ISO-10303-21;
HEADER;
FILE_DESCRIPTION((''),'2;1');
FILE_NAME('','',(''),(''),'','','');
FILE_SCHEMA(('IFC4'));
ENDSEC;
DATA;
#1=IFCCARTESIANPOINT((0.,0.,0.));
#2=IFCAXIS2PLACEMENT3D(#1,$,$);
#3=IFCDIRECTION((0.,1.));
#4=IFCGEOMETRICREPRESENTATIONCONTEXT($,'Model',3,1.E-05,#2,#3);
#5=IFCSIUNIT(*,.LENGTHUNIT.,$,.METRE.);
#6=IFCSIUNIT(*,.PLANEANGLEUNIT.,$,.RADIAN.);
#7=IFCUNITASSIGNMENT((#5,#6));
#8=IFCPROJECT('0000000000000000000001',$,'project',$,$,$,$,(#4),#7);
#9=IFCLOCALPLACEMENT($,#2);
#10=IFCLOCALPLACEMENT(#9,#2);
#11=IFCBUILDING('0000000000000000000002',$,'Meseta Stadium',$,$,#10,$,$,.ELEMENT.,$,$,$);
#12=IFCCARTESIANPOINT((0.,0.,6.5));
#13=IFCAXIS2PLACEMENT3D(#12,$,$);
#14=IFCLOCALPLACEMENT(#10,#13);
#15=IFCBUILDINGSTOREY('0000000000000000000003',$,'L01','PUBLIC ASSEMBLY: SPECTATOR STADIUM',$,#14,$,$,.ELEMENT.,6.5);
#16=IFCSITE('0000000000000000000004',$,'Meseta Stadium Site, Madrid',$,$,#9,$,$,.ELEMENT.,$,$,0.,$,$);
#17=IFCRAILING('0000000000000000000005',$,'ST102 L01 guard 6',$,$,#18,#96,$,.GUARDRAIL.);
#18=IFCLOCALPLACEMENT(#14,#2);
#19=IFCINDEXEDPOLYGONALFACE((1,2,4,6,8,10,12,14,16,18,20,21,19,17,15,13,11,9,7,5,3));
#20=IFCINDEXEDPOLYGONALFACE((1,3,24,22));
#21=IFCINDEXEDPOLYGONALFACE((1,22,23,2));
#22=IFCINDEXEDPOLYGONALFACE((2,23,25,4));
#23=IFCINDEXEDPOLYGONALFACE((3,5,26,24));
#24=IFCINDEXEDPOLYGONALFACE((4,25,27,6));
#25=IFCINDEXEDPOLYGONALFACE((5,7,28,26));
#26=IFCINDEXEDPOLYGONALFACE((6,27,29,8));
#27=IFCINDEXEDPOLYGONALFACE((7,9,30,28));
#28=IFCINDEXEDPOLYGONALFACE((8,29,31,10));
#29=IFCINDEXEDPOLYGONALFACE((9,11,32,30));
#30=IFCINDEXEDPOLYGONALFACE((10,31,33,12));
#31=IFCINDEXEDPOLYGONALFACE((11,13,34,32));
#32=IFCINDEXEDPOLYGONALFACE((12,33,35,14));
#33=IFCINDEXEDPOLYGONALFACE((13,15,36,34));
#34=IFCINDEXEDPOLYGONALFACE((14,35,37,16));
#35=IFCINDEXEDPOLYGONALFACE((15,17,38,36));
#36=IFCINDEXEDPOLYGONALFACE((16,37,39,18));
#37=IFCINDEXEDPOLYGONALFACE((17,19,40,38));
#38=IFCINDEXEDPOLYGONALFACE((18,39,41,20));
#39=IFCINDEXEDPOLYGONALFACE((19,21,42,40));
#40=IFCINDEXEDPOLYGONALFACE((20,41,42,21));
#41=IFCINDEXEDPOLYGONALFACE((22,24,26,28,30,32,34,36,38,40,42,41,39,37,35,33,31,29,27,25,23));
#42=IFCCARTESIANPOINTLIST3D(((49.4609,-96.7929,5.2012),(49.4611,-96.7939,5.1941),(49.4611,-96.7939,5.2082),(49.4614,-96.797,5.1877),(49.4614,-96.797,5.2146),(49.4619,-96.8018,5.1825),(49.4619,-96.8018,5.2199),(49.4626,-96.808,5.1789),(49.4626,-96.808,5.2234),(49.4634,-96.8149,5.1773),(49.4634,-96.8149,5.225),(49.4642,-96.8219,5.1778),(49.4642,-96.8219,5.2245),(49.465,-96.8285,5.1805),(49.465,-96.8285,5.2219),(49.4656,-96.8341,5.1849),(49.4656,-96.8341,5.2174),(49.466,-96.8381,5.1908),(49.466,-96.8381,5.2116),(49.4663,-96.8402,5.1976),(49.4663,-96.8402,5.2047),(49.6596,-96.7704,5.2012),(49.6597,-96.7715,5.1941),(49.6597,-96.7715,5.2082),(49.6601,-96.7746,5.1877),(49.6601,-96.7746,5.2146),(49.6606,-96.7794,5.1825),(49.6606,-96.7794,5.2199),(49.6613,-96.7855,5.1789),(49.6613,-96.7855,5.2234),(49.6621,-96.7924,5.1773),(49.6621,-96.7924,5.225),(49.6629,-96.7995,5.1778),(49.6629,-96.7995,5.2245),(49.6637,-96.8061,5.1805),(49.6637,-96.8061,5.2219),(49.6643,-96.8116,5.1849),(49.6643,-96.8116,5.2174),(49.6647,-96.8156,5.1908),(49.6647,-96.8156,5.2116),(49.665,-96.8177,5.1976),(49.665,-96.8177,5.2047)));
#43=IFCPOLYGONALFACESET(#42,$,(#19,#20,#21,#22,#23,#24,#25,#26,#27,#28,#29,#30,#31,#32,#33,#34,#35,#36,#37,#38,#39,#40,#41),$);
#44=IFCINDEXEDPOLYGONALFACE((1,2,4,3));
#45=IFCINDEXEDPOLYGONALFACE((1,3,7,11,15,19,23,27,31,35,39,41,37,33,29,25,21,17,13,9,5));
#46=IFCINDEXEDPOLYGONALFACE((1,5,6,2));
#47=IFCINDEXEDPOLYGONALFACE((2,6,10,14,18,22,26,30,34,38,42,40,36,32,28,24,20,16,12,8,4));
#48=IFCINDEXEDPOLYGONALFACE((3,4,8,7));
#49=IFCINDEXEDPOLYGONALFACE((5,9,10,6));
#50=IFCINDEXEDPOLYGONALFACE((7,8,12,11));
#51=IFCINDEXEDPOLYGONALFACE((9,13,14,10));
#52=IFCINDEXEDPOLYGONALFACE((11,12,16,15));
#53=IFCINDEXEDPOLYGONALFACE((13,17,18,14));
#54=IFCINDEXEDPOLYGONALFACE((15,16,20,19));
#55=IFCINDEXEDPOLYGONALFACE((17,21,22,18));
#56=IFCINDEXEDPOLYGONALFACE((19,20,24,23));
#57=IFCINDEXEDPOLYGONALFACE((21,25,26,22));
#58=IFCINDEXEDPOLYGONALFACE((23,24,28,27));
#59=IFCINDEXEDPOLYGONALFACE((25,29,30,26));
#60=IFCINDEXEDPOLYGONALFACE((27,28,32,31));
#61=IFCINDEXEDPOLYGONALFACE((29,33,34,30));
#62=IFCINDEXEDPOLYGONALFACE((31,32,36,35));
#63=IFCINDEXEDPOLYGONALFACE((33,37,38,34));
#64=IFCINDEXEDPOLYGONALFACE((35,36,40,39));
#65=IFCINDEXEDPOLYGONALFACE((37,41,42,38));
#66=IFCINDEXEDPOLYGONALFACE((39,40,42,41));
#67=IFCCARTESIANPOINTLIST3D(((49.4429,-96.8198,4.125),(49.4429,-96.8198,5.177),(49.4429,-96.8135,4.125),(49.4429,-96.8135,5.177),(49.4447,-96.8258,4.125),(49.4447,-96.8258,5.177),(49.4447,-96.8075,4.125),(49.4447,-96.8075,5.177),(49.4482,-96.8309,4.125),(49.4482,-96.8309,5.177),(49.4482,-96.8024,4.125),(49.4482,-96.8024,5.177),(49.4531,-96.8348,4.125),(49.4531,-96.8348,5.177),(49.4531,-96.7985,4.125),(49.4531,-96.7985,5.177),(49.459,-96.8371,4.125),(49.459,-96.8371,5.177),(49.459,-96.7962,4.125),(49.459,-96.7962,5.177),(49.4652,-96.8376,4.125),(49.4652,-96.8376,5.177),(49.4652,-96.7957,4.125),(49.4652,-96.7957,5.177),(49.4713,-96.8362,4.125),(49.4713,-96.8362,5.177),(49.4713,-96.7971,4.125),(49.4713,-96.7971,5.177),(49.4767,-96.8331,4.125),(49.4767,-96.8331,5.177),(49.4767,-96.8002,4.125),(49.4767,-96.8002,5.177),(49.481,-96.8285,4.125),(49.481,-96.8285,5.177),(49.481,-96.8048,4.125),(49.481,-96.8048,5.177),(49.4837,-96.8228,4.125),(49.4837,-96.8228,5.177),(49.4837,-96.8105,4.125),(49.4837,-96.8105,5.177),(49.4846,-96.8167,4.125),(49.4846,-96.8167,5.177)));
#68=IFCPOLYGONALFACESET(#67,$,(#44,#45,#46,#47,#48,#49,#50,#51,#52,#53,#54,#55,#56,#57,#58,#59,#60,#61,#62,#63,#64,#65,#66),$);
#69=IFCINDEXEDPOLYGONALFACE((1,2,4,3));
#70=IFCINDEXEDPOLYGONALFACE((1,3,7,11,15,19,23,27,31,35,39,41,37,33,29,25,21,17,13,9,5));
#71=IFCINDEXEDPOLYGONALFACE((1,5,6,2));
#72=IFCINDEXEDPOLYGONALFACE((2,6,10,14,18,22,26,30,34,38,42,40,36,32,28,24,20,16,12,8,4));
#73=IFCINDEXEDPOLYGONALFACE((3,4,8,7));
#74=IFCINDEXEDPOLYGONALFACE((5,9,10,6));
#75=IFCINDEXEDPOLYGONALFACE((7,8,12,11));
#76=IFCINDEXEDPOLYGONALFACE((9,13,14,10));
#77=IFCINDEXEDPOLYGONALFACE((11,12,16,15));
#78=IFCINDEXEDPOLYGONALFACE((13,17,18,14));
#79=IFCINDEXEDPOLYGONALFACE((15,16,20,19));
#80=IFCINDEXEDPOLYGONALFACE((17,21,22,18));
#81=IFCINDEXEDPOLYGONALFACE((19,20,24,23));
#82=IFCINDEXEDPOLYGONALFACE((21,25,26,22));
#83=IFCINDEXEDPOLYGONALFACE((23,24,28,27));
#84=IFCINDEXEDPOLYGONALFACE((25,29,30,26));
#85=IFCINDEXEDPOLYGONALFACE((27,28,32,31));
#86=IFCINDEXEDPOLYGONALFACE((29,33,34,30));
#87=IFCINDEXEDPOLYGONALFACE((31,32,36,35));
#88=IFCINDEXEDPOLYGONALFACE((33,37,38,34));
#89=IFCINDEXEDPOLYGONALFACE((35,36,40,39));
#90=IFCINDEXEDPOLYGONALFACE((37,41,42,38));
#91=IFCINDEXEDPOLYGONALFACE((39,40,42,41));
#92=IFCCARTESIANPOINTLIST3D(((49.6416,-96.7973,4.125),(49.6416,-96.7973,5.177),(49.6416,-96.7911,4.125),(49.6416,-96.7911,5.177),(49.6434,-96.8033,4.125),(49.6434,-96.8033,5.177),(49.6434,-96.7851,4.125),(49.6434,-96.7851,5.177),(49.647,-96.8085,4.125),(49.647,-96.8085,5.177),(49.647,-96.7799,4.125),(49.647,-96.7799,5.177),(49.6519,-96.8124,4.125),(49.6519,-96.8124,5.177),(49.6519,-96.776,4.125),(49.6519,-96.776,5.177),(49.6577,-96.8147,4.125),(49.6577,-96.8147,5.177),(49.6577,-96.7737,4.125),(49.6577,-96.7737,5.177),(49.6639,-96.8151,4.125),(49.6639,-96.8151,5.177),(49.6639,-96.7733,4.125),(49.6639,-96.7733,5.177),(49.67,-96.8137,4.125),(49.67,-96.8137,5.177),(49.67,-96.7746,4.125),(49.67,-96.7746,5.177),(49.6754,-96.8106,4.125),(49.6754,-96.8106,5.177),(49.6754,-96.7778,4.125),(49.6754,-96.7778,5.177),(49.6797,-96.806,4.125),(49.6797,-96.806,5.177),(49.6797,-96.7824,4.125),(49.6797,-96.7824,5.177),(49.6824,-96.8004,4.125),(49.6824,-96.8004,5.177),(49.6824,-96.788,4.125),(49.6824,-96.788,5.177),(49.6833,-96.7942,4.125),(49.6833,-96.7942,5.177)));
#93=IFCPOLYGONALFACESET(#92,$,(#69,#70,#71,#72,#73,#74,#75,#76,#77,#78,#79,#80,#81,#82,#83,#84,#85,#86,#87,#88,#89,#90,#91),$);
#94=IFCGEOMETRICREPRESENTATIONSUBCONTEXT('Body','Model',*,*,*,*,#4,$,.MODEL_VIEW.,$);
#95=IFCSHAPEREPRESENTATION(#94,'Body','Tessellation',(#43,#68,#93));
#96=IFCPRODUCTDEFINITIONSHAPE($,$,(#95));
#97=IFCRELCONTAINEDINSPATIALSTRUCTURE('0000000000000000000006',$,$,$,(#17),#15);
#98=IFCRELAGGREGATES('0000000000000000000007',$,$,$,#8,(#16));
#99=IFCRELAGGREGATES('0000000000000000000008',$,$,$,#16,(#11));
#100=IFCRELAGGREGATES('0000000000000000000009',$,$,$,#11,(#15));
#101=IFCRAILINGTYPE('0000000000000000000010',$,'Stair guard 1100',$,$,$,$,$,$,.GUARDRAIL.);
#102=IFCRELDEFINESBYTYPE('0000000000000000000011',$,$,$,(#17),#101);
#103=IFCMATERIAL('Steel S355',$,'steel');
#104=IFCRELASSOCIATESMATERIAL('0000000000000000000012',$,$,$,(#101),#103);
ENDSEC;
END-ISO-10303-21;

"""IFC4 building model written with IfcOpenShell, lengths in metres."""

from ifc_helpers import new_model, si_unit, direction, frame, origin, origin_2d, place, context, subcontext, project, spatial, circle, extrude, material, type_object, element, save


model = new_model("IFC4")

# Units and contexts
model_context = context("Model", 3, precision=1e-05, world=origin(), true_north=direction((0.0, 1.0)))
body_context = subcontext(model_context, "Body", "Model", "MODEL_VIEW")
ifc_project = project(units=[si_unit("LENGTHUNIT", "METRE"), si_unit("PLANEANGLEUNIT", "RADIAN")], contexts=[model_context])

# Site, building, storey
site_placement = place(None, origin())
site = spatial("IfcSite", under=ifc_project, at=site_placement, Name="Meseta Stadium Site, Madrid", CompositionType="ELEMENT", RefElevation=0.0)
building_placement = place(site_placement, origin())
building = spatial("IfcBuilding", under=site, at=building_placement, Name="Meseta Stadium", CompositionType="ELEMENT")
storey_placement = place(building_placement, frame((0.0, 0.0, 6.5)))
storey = spatial("IfcBuildingStorey", under=building, at=storey_placement, Name="L01", Description="PUBLIC ASSEMBLY: SPECTATOR STADIUM", CompositionType="ELEMENT", Elevation=6.5)

# Railing
ifc_material_1 = material(Name="Steel S355", Category="steel")
railing_type_1 = type_object("IfcRailingType", Name="Stair guard 1100", PredefinedType="GUARDRAIL", material=ifc_material_1)
railing_1_placement = place(storey_placement, frame((49.4636, -96.8167, 4.125)))
element("IfcRailing", 1, at=railing_1_placement, inside=storey, type_object=railing_type_1, Name="ST102 L01 guard 6", PredefinedType="GUARDRAIL", context=body_context, shape_type="SweptSolid", body=[
    extrude(circle(Radius=0.0239, at=origin_2d()), frame((0.0, 0.0, 1.0762), z_axis=(0.993674, 0.112307, 0.0), x_axis=(-0.112307, 0.993674, 0.0)), (0.0, 0.0, 1.0), 0.2),
    extrude(circle(Radius=0.021, at=origin_2d()), origin(), (0.0, 0.0, 1.0), 1.052),
    extrude(circle(Radius=0.021, at=origin_2d()), frame((0.1987, 0.0225, 0.0)), (0.0, 0.0, 1.0), 1.052),
])

save(model, "model.ifc")
